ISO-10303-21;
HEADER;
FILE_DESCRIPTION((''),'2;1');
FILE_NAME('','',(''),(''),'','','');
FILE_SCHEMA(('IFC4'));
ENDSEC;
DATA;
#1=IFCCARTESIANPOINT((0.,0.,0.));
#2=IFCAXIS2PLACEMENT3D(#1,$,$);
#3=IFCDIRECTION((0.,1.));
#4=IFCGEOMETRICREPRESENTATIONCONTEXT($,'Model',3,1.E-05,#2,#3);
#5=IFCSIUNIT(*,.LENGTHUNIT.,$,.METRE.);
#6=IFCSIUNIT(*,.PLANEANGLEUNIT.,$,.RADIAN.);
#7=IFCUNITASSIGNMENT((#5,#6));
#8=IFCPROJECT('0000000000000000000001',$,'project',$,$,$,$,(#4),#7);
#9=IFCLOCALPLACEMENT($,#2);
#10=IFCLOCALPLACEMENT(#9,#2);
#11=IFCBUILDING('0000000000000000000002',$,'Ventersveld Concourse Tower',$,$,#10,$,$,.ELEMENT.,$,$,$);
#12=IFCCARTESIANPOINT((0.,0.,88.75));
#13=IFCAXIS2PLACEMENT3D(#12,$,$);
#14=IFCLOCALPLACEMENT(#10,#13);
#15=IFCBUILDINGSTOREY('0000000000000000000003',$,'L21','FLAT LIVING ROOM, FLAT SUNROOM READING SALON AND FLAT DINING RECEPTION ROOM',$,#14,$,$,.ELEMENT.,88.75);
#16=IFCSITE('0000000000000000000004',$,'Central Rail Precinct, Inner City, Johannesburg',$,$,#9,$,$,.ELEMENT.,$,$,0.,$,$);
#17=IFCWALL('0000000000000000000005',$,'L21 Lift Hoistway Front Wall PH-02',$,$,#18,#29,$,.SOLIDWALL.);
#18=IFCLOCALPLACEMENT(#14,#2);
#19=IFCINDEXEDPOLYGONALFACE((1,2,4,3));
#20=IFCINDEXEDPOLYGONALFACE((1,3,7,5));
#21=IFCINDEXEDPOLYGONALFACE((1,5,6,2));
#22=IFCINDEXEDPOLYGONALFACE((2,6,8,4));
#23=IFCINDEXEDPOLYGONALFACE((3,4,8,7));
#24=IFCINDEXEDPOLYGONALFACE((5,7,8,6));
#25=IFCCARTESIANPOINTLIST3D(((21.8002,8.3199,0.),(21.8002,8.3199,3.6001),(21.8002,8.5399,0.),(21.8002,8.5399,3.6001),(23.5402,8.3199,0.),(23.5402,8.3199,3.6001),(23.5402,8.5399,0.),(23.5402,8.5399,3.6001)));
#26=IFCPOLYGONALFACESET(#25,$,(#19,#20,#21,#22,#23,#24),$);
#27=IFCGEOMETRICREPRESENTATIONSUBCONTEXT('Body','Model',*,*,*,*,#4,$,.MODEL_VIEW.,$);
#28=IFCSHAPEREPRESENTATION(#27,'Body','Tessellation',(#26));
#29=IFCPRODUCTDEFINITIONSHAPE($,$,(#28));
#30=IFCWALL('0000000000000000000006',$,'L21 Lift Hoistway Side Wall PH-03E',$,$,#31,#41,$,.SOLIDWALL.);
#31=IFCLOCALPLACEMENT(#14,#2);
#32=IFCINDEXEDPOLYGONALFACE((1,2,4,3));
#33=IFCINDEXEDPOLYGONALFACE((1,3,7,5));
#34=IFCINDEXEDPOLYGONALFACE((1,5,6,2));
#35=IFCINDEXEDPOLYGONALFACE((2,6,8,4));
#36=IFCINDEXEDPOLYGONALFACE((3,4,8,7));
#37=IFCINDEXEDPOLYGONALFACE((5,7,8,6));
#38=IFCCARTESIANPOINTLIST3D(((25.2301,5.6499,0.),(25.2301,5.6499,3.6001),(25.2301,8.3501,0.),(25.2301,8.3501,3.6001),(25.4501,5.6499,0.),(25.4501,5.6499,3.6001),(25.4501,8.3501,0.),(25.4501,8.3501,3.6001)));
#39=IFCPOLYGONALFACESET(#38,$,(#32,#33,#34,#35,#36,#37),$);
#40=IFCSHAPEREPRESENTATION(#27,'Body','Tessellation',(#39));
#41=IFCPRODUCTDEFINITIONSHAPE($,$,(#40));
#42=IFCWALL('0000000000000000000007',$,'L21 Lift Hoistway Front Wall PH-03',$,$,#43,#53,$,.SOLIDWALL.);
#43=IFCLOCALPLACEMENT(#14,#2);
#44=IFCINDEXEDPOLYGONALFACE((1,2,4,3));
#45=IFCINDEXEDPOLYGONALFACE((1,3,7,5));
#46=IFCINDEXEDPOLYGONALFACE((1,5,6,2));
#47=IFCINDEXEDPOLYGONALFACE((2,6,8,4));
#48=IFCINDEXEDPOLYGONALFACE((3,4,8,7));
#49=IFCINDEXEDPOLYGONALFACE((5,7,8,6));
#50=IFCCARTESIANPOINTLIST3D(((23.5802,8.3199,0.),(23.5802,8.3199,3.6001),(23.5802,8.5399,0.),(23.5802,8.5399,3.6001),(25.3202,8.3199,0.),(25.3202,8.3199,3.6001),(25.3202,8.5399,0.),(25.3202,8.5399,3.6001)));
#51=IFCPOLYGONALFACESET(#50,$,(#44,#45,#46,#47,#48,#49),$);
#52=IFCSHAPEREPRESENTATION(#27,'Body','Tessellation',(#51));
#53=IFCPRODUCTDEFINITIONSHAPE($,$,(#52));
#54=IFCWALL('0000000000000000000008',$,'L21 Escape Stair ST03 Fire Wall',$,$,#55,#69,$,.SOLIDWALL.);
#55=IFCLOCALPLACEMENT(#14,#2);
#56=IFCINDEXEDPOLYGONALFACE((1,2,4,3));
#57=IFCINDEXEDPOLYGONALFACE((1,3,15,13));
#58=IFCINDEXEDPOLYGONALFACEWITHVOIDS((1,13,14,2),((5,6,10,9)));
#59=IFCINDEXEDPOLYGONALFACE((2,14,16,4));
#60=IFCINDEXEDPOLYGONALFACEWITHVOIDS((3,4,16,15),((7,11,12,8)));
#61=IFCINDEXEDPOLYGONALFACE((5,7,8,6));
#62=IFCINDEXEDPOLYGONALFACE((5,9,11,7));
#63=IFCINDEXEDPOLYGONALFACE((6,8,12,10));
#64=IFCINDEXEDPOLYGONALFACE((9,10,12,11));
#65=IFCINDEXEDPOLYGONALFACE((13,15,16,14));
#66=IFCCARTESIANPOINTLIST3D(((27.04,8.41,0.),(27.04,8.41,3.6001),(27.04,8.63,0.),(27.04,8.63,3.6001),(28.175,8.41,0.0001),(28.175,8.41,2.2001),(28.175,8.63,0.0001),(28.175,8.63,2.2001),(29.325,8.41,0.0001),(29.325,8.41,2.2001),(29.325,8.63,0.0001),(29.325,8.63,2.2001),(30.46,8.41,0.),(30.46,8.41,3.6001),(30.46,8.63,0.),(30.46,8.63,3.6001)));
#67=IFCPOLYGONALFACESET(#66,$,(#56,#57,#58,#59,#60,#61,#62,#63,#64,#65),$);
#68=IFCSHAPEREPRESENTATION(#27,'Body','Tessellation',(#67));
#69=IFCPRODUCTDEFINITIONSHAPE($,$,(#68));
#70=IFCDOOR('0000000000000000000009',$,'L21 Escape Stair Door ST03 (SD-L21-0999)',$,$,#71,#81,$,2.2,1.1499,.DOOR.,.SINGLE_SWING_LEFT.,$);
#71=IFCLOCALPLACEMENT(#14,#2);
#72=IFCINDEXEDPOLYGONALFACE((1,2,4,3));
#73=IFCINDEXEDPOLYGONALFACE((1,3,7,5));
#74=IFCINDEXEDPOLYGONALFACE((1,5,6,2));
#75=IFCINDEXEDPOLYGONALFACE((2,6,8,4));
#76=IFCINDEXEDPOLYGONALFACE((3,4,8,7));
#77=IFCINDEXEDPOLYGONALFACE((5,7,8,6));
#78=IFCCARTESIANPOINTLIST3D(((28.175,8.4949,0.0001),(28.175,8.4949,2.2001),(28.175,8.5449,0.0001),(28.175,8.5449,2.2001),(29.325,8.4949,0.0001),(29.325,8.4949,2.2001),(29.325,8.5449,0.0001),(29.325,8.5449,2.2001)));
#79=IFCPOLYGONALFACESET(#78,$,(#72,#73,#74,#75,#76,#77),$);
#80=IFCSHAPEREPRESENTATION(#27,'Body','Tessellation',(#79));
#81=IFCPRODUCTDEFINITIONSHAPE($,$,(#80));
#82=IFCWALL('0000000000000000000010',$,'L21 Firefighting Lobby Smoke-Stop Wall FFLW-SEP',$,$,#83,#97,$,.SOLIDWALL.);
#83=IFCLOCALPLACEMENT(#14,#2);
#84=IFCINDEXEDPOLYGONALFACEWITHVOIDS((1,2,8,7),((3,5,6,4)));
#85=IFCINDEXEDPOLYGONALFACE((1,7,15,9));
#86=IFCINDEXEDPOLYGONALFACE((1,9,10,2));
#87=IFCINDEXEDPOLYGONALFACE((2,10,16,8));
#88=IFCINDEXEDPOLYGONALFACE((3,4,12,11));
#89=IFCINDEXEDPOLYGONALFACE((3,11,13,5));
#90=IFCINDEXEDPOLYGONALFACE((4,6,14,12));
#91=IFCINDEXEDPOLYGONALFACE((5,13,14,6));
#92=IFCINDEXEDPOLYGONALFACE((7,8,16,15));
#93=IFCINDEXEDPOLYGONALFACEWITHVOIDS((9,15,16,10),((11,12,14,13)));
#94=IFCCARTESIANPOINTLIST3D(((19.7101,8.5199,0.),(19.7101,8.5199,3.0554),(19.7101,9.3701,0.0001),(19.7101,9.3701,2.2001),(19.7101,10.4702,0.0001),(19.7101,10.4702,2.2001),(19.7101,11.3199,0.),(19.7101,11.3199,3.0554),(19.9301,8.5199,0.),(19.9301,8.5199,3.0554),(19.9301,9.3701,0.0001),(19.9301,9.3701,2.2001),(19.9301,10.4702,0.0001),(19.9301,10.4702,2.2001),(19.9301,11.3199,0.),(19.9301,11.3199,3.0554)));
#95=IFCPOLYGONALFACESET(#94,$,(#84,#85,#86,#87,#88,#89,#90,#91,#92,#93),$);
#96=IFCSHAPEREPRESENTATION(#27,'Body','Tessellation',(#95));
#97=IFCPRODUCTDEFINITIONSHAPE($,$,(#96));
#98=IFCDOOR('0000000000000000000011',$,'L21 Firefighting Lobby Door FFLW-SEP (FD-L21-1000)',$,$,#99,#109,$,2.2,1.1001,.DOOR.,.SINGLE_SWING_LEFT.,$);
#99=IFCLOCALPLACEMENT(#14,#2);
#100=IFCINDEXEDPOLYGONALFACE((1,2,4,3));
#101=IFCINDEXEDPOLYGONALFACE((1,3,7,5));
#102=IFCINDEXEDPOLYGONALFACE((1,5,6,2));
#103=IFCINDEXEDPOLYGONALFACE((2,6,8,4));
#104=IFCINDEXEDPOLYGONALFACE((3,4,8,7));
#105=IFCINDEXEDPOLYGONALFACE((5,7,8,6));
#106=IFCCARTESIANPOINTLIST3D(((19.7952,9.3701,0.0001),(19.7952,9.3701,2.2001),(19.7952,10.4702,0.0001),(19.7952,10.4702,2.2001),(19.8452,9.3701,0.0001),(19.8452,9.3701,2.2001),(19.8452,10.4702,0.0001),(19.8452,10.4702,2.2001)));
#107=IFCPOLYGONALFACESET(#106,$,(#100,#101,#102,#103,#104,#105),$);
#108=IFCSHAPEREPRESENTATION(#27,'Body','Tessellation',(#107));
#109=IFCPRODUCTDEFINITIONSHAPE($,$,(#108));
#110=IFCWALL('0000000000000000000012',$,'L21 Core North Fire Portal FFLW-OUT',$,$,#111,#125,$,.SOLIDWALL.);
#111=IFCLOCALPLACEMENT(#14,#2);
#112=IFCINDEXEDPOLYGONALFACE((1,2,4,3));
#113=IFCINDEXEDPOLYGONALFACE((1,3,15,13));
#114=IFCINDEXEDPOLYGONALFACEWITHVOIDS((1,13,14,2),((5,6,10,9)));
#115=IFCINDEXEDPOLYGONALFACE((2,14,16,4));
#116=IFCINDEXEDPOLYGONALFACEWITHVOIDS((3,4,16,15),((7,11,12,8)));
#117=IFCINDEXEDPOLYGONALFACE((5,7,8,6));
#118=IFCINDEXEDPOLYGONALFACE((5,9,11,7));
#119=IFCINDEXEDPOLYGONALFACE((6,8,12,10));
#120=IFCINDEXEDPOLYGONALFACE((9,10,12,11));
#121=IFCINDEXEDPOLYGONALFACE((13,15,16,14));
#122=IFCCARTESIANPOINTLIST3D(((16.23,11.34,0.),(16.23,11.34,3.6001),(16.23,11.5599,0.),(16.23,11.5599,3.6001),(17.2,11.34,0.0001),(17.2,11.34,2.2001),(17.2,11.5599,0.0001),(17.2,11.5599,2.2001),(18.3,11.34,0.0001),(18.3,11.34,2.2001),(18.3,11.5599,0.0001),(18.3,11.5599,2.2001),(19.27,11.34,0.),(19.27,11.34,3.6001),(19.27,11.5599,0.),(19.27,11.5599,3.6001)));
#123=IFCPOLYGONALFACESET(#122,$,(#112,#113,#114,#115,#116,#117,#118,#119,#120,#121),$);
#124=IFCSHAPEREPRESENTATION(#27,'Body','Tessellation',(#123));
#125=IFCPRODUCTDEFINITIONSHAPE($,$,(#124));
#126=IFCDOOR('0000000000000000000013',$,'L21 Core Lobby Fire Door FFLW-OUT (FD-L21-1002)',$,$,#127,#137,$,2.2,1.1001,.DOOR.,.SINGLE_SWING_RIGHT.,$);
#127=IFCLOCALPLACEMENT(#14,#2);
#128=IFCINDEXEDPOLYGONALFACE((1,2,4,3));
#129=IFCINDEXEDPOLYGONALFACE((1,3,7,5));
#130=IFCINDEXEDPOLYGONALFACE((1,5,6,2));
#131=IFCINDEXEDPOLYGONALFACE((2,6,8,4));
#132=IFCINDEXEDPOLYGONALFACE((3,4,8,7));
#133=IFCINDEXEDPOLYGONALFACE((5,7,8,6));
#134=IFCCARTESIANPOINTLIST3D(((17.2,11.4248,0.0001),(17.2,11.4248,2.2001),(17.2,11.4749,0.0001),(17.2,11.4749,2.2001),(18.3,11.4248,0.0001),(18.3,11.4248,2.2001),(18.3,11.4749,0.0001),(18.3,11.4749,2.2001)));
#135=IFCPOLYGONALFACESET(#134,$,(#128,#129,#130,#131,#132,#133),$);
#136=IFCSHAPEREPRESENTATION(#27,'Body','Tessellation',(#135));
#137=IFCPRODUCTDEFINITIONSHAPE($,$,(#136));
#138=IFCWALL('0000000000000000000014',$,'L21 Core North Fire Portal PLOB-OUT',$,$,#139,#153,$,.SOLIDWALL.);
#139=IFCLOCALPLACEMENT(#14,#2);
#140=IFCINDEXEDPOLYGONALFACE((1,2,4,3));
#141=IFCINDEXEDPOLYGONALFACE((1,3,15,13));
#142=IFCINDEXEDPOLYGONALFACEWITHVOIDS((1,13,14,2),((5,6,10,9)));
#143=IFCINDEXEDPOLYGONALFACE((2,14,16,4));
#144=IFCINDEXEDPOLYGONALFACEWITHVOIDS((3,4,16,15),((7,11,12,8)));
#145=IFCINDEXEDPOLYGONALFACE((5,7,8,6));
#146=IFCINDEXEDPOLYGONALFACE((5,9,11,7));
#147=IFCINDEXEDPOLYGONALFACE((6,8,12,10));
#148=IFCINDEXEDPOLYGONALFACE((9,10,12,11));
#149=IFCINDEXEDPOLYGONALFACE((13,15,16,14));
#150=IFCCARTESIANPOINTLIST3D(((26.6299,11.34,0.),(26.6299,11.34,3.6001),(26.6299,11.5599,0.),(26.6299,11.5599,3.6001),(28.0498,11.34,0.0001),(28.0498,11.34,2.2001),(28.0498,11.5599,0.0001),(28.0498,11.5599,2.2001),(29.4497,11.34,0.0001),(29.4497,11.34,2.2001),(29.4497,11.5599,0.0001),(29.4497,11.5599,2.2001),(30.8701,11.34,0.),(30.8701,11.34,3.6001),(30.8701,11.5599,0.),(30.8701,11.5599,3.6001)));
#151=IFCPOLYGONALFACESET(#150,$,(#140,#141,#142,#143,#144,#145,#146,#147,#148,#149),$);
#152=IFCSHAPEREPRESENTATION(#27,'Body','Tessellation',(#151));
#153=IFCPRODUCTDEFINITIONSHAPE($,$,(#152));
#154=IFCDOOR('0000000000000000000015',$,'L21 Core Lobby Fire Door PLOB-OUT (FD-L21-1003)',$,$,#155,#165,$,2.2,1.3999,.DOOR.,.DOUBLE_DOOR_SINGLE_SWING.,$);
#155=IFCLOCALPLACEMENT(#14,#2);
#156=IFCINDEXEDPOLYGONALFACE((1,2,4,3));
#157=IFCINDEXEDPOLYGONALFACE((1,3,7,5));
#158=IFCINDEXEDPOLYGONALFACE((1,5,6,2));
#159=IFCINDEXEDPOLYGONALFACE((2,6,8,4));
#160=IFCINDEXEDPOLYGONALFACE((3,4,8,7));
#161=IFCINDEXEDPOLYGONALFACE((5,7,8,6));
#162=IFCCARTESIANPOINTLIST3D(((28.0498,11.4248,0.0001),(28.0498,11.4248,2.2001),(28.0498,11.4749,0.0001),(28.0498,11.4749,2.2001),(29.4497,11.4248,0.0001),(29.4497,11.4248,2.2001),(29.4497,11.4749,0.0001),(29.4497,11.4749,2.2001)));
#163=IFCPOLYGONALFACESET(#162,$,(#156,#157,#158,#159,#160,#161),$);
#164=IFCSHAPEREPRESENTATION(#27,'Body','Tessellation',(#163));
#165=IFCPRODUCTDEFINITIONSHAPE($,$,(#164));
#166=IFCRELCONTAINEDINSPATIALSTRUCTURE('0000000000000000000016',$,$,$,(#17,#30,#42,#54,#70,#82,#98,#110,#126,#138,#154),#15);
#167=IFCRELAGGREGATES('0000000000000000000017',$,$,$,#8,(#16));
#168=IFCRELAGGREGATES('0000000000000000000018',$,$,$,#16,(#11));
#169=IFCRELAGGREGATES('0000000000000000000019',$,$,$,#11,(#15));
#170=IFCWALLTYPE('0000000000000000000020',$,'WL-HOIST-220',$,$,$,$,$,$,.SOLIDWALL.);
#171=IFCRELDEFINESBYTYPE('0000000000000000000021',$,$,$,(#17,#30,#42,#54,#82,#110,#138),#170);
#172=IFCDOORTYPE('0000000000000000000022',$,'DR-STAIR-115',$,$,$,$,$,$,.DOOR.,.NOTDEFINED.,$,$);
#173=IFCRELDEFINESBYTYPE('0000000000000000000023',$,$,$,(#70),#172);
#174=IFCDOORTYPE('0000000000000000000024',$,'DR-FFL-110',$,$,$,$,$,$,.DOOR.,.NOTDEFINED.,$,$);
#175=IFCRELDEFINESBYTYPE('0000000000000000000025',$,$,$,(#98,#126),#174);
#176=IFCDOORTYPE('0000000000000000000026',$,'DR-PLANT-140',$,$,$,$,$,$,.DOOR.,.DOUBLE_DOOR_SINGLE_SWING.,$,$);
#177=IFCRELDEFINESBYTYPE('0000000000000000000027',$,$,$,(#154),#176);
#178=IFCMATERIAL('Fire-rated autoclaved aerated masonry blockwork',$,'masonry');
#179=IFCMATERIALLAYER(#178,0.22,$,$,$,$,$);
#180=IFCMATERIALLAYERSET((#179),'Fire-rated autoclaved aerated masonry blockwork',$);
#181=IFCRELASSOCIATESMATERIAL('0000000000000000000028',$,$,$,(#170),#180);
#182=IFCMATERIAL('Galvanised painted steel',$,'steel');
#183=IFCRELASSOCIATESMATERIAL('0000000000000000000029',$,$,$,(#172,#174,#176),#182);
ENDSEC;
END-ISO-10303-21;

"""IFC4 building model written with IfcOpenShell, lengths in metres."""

from ifc_helpers import new_model, si_unit, direction, frame, frame_2d, origin, place, context, subcontext, project, spatial, rectangle, extrude, material, layer, layer_set, type_object, element, fill, save


model = new_model("IFC4")

# Units and contexts
model_context = context("Model", 3, precision=1e-05, world=origin(), true_north=direction((0.0, 1.0)))
body_context = subcontext(model_context, "Body", "Model", "MODEL_VIEW")
ifc_project = project(units=[si_unit("LENGTHUNIT", "METRE"), si_unit("PLANEANGLEUNIT", "RADIAN")], contexts=[model_context])

# Site, building, storey
site_placement = place(None, origin())
site = spatial("IfcSite", under=ifc_project, at=site_placement, Name="Central Rail Precinct, Inner City, Johannesburg", CompositionType="ELEMENT", RefElevation=0.0)
building_placement = place(site_placement, origin())
building = spatial("IfcBuilding", under=site, at=building_placement, Name="Ventersveld Concourse Tower", CompositionType="ELEMENT")
storey_placement = place(building_placement, frame((0.0, 0.0, 88.75)))
storey = spatial("IfcBuildingStorey", under=building, at=storey_placement, Name="L21", Description="FLAT LIVING ROOM, FLAT SUNROOM READING SALON AND FLAT DINING RECEPTION ROOM", CompositionType="ELEMENT", Elevation=88.75)

# Shared definitions
ifc_material_1 = material(Name="Fire-rated autoclaved aerated masonry blockwork", Category="masonry")

# Shared definitions
ifc_layer_1 = layer(ifc_material_1, 0.22)
ifc_layer_set_1 = layer_set([ifc_layer_1], Name="Fire-rated autoclaved aerated masonry blockwork")
wall_type_1 = type_object("IfcWallType", Name="WL-HOIST-220", PredefinedType="SOLIDWALL", material=ifc_layer_set_1)

# Walls
wall_1_placement = place(storey_placement, frame((21.8, 8.4299, 0.0), z_axis=(0.0, 0.0, 1.0), x_axis=(1.0, 0.0, 0.0)))
element("IfcWall", 1, at=wall_1_placement, inside=storey, type_object=wall_type_1, Name="L21 Lift Hoistway Front Wall PH-02", PredefinedType="SOLIDWALL", context=body_context, shape_type="SweptSolid", body=[
    extrude(rectangle(XDim=1.74, YDim=0.22, at=frame_2d((0.8701, 0.0))), origin(), (0.0, 0.0, 1.0), 3.6001),
])
wall_2_placement = place(storey_placement, frame((25.3401, 5.6499, 0.0), z_axis=(0.0, 0.0, 1.0), x_axis=(0.0, 1.0, 0.0)))
element("IfcWall", 2, at=wall_2_placement, inside=storey, type_object=wall_type_1, Name="L21 Lift Hoistway Side Wall PH-03E", PredefinedType="SOLIDWALL", context=body_context, shape_type="SweptSolid", body=[
    extrude(rectangle(XDim=2.7002, YDim=0.22, at=frame_2d((1.3501, 0.0))), origin(), (0.0, 0.0, 1.0), 3.6001),
])
wall_3_placement = place(storey_placement, frame((23.5801, 8.4299, 0.0), z_axis=(0.0, 0.0, 1.0), x_axis=(1.0, 0.0, 0.0)))
element("IfcWall", 3, at=wall_3_placement, inside=storey, type_object=wall_type_1, Name="L21 Lift Hoistway Front Wall PH-03", PredefinedType="SOLIDWALL", context=body_context, shape_type="SweptSolid", body=[
    extrude(rectangle(XDim=1.74, YDim=0.22, at=frame_2d((0.8701, 0.0))), origin(), (0.0, 0.0, 1.0), 3.6001),
])

# Walls, openings, doors
wall_4_placement = place(storey_placement, frame((27.04, 8.52, 0.0), z_axis=(0.0, 0.0, 1.0), x_axis=(1.0, 0.0, 0.0)))
wall_4 = element("IfcWall", 4, at=wall_4_placement, inside=storey, type_object=wall_type_1, Name="L21 Escape Stair ST03 Fire Wall", PredefinedType="SOLIDWALL", context=body_context, shape_type="SweptSolid", body=[
    extrude(rectangle(XDim=3.4199, YDim=0.22, at=frame_2d((1.71, 0.0))), origin(), (0.0, 0.0, 1.0), 3.6001),
])
opening_1_placement = place(wall_4_placement, frame((1.135, 0.0, 0.0)))
opening_1 = element("IfcOpeningElement", 5, at=opening_1_placement, cuts=wall_4, PredefinedType="OPENING", context=body_context, shape_type="SweptSolid", body=[
    extrude(rectangle(XDim=1.1499, YDim=2.2, at=frame_2d((0.575, 1.1001))), frame((0.0, 0.1201, 0.0), z_axis=(0.0, -1.0, 0.0), x_axis=(1.0, 0.0, 0.0)), (0.0, 0.0, 1.0), 0.24),
])
ifc_material_2 = material(Name="Galvanised painted steel", Category="steel")
door_type_1 = type_object("IfcDoorType", Name="DR-STAIR-115", OperationType="NOTDEFINED", PredefinedType="DOOR", material=ifc_material_2)
door_1_placement = place(opening_1_placement, origin())
door_1 = element("IfcDoor", 6, at=door_1_placement, inside=storey, type_object=door_type_1, Name="L21 Escape Stair Door ST03 (SD-L21-0999)", OperationType="SINGLE_SWING_LEFT", OverallHeight=2.2, OverallWidth=1.1499, PredefinedType="DOOR", context=body_context, shape_type="SweptSolid", body=[
    extrude(rectangle(XDim=1.1499, YDim=2.2, at=frame_2d((0.575, 1.1001))), frame((0.0, 0.0249, 0.0), z_axis=(0.0, -1.0, 0.0), x_axis=(1.0, 0.0, 0.0)), (0.0, 0.0, 1.0), 0.05),
])
fill(opening_1, door_1)
wall_5_placement = place(storey_placement, frame((19.8201, 8.52, 0.0), z_axis=(0.0, 0.0, 1.0), x_axis=(0.0, 1.0, 0.0)))
wall_5 = element("IfcWall", 7, at=wall_5_placement, inside=storey, type_object=wall_type_1, Name="L21 Firefighting Lobby Smoke-Stop Wall FFLW-SEP", PredefinedType="SOLIDWALL", context=body_context, shape_type="SweptSolid", body=[
    extrude(rectangle(XDim=2.8, YDim=0.22, at=frame_2d((1.3999, 0.0))), origin(), (0.0, 0.0, 1.0), 3.0554),
])
opening_2_placement = place(wall_5_placement, frame((0.8501, 0.0, 0.0)))
opening_2 = element("IfcOpeningElement", 8, at=opening_2_placement, cuts=wall_5, PredefinedType="OPENING", context=body_context, shape_type="SweptSolid", body=[
    extrude(rectangle(XDim=1.1001, YDim=2.2, at=frame_2d((0.55, 1.1001))), frame((0.0, 0.1201, 0.0), z_axis=(0.0, -1.0, 0.0), x_axis=(1.0, 0.0, 0.0)), (0.0, 0.0, 1.0), 0.24),
])
door_type_2 = type_object("IfcDoorType", Name="DR-FFL-110", OperationType="NOTDEFINED", PredefinedType="DOOR", material=ifc_material_2)
door_2_placement = place(opening_2_placement, origin())
door_2 = element("IfcDoor", 9, at=door_2_placement, inside=storey, type_object=door_type_2, Name="L21 Firefighting Lobby Door FFLW-SEP (FD-L21-1000)", OperationType="SINGLE_SWING_LEFT", OverallHeight=2.2, OverallWidth=1.1001, PredefinedType="DOOR", context=body_context, shape_type="SweptSolid", body=[
    extrude(rectangle(XDim=1.1001, YDim=2.2, at=frame_2d((0.55, 1.1001))), frame((0.0, 0.0249, 0.0), z_axis=(0.0, -1.0, 0.0), x_axis=(1.0, 0.0, 0.0)), (0.0, 0.0, 1.0), 0.05),
])
fill(opening_2, door_2)
wall_6_placement = place(storey_placement, frame((16.23, 11.45, 0.0), z_axis=(0.0, 0.0, 1.0), x_axis=(1.0, 0.0, 0.0)))
wall_6 = element("IfcWall", 10, at=wall_6_placement, inside=storey, type_object=wall_type_1, Name="L21 Core North Fire Portal FFLW-OUT", PredefinedType="SOLIDWALL", context=body_context, shape_type="SweptSolid", body=[
    extrude(rectangle(XDim=3.04, YDim=0.22, at=frame_2d((1.52, 0.0))), origin(), (0.0, 0.0, 1.0), 3.6001),
])
opening_3_placement = place(wall_6_placement, frame((0.97, 0.0, 0.0)))
opening_3 = element("IfcOpeningElement", 11, at=opening_3_placement, cuts=wall_6, PredefinedType="OPENING", context=body_context, shape_type="SweptSolid", body=[
    extrude(rectangle(XDim=1.1001, YDim=2.2, at=frame_2d((0.55, 1.1001))), frame((0.0, 0.1201, 0.0), z_axis=(0.0, -1.0, 0.0), x_axis=(1.0, 0.0, 0.0)), (0.0, 0.0, 1.0), 0.24),
])
door_3_placement = place(opening_3_placement, origin())
door_3 = element("IfcDoor", 12, at=door_3_placement, inside=storey, type_object=door_type_2, Name="L21 Core Lobby Fire Door FFLW-OUT (FD-L21-1002)", OperationType="SINGLE_SWING_RIGHT", OverallHeight=2.2, OverallWidth=1.1001, PredefinedType="DOOR", context=body_context, shape_type="SweptSolid", body=[
    extrude(rectangle(XDim=1.1001, YDim=2.2, at=frame_2d((0.55, 1.1001))), frame((0.0, 0.0249, 0.0), z_axis=(0.0, -1.0, 0.0), x_axis=(1.0, 0.0, 0.0)), (0.0, 0.0, 1.0), 0.05),
])
fill(opening_3, door_3)
wall_7_placement = place(storey_placement, frame((26.6299, 11.45, 0.0), z_axis=(0.0, 0.0, 1.0), x_axis=(1.0, 0.0, 0.0)))
wall_7 = element("IfcWall", 13, at=wall_7_placement, inside=storey, type_object=wall_type_1, Name="L21 Core North Fire Portal PLOB-OUT", PredefinedType="SOLIDWALL", context=body_context, shape_type="SweptSolid", body=[
    extrude(rectangle(XDim=4.2402, YDim=0.22, at=frame_2d((2.1201, 0.0))), origin(), (0.0, 0.0, 1.0), 3.6001),
])
opening_4_placement = place(wall_7_placement, frame((1.4199, 0.0, 0.0)))
opening_4 = element("IfcOpeningElement", 14, at=opening_4_placement, cuts=wall_7, PredefinedType="OPENING", context=body_context, shape_type="SweptSolid", body=[
    extrude(rectangle(XDim=1.3999, YDim=2.2, at=frame_2d((0.7, 1.1001))), frame((0.0, 0.1201, 0.0), z_axis=(0.0, -1.0, 0.0), x_axis=(1.0, 0.0, 0.0)), (0.0, 0.0, 1.0), 0.24),
])
door_type_3 = type_object("IfcDoorType", Name="DR-PLANT-140", OperationType="DOUBLE_DOOR_SINGLE_SWING", PredefinedType="DOOR", material=ifc_material_2)
door_4_placement = place(opening_4_placement, origin())
door_4 = element("IfcDoor", 15, at=door_4_placement, inside=storey, type_object=door_type_3, Name="L21 Core Lobby Fire Door PLOB-OUT (FD-L21-1003)", OperationType="DOUBLE_DOOR_SINGLE_SWING", OverallHeight=2.2, OverallWidth=1.3999, PredefinedType="DOOR", context=body_context, shape_type="SweptSolid", body=[
    extrude(rectangle(XDim=1.3999, YDim=2.2, at=frame_2d((0.7, 1.1001))), frame((0.0, 0.0249, 0.0), z_axis=(0.0, -1.0, 0.0), x_axis=(1.0, 0.0, 0.0)), (0.0, 0.0, 1.0), 0.05),
])
fill(opening_4, door_4)

save(model, "model.ifc")
